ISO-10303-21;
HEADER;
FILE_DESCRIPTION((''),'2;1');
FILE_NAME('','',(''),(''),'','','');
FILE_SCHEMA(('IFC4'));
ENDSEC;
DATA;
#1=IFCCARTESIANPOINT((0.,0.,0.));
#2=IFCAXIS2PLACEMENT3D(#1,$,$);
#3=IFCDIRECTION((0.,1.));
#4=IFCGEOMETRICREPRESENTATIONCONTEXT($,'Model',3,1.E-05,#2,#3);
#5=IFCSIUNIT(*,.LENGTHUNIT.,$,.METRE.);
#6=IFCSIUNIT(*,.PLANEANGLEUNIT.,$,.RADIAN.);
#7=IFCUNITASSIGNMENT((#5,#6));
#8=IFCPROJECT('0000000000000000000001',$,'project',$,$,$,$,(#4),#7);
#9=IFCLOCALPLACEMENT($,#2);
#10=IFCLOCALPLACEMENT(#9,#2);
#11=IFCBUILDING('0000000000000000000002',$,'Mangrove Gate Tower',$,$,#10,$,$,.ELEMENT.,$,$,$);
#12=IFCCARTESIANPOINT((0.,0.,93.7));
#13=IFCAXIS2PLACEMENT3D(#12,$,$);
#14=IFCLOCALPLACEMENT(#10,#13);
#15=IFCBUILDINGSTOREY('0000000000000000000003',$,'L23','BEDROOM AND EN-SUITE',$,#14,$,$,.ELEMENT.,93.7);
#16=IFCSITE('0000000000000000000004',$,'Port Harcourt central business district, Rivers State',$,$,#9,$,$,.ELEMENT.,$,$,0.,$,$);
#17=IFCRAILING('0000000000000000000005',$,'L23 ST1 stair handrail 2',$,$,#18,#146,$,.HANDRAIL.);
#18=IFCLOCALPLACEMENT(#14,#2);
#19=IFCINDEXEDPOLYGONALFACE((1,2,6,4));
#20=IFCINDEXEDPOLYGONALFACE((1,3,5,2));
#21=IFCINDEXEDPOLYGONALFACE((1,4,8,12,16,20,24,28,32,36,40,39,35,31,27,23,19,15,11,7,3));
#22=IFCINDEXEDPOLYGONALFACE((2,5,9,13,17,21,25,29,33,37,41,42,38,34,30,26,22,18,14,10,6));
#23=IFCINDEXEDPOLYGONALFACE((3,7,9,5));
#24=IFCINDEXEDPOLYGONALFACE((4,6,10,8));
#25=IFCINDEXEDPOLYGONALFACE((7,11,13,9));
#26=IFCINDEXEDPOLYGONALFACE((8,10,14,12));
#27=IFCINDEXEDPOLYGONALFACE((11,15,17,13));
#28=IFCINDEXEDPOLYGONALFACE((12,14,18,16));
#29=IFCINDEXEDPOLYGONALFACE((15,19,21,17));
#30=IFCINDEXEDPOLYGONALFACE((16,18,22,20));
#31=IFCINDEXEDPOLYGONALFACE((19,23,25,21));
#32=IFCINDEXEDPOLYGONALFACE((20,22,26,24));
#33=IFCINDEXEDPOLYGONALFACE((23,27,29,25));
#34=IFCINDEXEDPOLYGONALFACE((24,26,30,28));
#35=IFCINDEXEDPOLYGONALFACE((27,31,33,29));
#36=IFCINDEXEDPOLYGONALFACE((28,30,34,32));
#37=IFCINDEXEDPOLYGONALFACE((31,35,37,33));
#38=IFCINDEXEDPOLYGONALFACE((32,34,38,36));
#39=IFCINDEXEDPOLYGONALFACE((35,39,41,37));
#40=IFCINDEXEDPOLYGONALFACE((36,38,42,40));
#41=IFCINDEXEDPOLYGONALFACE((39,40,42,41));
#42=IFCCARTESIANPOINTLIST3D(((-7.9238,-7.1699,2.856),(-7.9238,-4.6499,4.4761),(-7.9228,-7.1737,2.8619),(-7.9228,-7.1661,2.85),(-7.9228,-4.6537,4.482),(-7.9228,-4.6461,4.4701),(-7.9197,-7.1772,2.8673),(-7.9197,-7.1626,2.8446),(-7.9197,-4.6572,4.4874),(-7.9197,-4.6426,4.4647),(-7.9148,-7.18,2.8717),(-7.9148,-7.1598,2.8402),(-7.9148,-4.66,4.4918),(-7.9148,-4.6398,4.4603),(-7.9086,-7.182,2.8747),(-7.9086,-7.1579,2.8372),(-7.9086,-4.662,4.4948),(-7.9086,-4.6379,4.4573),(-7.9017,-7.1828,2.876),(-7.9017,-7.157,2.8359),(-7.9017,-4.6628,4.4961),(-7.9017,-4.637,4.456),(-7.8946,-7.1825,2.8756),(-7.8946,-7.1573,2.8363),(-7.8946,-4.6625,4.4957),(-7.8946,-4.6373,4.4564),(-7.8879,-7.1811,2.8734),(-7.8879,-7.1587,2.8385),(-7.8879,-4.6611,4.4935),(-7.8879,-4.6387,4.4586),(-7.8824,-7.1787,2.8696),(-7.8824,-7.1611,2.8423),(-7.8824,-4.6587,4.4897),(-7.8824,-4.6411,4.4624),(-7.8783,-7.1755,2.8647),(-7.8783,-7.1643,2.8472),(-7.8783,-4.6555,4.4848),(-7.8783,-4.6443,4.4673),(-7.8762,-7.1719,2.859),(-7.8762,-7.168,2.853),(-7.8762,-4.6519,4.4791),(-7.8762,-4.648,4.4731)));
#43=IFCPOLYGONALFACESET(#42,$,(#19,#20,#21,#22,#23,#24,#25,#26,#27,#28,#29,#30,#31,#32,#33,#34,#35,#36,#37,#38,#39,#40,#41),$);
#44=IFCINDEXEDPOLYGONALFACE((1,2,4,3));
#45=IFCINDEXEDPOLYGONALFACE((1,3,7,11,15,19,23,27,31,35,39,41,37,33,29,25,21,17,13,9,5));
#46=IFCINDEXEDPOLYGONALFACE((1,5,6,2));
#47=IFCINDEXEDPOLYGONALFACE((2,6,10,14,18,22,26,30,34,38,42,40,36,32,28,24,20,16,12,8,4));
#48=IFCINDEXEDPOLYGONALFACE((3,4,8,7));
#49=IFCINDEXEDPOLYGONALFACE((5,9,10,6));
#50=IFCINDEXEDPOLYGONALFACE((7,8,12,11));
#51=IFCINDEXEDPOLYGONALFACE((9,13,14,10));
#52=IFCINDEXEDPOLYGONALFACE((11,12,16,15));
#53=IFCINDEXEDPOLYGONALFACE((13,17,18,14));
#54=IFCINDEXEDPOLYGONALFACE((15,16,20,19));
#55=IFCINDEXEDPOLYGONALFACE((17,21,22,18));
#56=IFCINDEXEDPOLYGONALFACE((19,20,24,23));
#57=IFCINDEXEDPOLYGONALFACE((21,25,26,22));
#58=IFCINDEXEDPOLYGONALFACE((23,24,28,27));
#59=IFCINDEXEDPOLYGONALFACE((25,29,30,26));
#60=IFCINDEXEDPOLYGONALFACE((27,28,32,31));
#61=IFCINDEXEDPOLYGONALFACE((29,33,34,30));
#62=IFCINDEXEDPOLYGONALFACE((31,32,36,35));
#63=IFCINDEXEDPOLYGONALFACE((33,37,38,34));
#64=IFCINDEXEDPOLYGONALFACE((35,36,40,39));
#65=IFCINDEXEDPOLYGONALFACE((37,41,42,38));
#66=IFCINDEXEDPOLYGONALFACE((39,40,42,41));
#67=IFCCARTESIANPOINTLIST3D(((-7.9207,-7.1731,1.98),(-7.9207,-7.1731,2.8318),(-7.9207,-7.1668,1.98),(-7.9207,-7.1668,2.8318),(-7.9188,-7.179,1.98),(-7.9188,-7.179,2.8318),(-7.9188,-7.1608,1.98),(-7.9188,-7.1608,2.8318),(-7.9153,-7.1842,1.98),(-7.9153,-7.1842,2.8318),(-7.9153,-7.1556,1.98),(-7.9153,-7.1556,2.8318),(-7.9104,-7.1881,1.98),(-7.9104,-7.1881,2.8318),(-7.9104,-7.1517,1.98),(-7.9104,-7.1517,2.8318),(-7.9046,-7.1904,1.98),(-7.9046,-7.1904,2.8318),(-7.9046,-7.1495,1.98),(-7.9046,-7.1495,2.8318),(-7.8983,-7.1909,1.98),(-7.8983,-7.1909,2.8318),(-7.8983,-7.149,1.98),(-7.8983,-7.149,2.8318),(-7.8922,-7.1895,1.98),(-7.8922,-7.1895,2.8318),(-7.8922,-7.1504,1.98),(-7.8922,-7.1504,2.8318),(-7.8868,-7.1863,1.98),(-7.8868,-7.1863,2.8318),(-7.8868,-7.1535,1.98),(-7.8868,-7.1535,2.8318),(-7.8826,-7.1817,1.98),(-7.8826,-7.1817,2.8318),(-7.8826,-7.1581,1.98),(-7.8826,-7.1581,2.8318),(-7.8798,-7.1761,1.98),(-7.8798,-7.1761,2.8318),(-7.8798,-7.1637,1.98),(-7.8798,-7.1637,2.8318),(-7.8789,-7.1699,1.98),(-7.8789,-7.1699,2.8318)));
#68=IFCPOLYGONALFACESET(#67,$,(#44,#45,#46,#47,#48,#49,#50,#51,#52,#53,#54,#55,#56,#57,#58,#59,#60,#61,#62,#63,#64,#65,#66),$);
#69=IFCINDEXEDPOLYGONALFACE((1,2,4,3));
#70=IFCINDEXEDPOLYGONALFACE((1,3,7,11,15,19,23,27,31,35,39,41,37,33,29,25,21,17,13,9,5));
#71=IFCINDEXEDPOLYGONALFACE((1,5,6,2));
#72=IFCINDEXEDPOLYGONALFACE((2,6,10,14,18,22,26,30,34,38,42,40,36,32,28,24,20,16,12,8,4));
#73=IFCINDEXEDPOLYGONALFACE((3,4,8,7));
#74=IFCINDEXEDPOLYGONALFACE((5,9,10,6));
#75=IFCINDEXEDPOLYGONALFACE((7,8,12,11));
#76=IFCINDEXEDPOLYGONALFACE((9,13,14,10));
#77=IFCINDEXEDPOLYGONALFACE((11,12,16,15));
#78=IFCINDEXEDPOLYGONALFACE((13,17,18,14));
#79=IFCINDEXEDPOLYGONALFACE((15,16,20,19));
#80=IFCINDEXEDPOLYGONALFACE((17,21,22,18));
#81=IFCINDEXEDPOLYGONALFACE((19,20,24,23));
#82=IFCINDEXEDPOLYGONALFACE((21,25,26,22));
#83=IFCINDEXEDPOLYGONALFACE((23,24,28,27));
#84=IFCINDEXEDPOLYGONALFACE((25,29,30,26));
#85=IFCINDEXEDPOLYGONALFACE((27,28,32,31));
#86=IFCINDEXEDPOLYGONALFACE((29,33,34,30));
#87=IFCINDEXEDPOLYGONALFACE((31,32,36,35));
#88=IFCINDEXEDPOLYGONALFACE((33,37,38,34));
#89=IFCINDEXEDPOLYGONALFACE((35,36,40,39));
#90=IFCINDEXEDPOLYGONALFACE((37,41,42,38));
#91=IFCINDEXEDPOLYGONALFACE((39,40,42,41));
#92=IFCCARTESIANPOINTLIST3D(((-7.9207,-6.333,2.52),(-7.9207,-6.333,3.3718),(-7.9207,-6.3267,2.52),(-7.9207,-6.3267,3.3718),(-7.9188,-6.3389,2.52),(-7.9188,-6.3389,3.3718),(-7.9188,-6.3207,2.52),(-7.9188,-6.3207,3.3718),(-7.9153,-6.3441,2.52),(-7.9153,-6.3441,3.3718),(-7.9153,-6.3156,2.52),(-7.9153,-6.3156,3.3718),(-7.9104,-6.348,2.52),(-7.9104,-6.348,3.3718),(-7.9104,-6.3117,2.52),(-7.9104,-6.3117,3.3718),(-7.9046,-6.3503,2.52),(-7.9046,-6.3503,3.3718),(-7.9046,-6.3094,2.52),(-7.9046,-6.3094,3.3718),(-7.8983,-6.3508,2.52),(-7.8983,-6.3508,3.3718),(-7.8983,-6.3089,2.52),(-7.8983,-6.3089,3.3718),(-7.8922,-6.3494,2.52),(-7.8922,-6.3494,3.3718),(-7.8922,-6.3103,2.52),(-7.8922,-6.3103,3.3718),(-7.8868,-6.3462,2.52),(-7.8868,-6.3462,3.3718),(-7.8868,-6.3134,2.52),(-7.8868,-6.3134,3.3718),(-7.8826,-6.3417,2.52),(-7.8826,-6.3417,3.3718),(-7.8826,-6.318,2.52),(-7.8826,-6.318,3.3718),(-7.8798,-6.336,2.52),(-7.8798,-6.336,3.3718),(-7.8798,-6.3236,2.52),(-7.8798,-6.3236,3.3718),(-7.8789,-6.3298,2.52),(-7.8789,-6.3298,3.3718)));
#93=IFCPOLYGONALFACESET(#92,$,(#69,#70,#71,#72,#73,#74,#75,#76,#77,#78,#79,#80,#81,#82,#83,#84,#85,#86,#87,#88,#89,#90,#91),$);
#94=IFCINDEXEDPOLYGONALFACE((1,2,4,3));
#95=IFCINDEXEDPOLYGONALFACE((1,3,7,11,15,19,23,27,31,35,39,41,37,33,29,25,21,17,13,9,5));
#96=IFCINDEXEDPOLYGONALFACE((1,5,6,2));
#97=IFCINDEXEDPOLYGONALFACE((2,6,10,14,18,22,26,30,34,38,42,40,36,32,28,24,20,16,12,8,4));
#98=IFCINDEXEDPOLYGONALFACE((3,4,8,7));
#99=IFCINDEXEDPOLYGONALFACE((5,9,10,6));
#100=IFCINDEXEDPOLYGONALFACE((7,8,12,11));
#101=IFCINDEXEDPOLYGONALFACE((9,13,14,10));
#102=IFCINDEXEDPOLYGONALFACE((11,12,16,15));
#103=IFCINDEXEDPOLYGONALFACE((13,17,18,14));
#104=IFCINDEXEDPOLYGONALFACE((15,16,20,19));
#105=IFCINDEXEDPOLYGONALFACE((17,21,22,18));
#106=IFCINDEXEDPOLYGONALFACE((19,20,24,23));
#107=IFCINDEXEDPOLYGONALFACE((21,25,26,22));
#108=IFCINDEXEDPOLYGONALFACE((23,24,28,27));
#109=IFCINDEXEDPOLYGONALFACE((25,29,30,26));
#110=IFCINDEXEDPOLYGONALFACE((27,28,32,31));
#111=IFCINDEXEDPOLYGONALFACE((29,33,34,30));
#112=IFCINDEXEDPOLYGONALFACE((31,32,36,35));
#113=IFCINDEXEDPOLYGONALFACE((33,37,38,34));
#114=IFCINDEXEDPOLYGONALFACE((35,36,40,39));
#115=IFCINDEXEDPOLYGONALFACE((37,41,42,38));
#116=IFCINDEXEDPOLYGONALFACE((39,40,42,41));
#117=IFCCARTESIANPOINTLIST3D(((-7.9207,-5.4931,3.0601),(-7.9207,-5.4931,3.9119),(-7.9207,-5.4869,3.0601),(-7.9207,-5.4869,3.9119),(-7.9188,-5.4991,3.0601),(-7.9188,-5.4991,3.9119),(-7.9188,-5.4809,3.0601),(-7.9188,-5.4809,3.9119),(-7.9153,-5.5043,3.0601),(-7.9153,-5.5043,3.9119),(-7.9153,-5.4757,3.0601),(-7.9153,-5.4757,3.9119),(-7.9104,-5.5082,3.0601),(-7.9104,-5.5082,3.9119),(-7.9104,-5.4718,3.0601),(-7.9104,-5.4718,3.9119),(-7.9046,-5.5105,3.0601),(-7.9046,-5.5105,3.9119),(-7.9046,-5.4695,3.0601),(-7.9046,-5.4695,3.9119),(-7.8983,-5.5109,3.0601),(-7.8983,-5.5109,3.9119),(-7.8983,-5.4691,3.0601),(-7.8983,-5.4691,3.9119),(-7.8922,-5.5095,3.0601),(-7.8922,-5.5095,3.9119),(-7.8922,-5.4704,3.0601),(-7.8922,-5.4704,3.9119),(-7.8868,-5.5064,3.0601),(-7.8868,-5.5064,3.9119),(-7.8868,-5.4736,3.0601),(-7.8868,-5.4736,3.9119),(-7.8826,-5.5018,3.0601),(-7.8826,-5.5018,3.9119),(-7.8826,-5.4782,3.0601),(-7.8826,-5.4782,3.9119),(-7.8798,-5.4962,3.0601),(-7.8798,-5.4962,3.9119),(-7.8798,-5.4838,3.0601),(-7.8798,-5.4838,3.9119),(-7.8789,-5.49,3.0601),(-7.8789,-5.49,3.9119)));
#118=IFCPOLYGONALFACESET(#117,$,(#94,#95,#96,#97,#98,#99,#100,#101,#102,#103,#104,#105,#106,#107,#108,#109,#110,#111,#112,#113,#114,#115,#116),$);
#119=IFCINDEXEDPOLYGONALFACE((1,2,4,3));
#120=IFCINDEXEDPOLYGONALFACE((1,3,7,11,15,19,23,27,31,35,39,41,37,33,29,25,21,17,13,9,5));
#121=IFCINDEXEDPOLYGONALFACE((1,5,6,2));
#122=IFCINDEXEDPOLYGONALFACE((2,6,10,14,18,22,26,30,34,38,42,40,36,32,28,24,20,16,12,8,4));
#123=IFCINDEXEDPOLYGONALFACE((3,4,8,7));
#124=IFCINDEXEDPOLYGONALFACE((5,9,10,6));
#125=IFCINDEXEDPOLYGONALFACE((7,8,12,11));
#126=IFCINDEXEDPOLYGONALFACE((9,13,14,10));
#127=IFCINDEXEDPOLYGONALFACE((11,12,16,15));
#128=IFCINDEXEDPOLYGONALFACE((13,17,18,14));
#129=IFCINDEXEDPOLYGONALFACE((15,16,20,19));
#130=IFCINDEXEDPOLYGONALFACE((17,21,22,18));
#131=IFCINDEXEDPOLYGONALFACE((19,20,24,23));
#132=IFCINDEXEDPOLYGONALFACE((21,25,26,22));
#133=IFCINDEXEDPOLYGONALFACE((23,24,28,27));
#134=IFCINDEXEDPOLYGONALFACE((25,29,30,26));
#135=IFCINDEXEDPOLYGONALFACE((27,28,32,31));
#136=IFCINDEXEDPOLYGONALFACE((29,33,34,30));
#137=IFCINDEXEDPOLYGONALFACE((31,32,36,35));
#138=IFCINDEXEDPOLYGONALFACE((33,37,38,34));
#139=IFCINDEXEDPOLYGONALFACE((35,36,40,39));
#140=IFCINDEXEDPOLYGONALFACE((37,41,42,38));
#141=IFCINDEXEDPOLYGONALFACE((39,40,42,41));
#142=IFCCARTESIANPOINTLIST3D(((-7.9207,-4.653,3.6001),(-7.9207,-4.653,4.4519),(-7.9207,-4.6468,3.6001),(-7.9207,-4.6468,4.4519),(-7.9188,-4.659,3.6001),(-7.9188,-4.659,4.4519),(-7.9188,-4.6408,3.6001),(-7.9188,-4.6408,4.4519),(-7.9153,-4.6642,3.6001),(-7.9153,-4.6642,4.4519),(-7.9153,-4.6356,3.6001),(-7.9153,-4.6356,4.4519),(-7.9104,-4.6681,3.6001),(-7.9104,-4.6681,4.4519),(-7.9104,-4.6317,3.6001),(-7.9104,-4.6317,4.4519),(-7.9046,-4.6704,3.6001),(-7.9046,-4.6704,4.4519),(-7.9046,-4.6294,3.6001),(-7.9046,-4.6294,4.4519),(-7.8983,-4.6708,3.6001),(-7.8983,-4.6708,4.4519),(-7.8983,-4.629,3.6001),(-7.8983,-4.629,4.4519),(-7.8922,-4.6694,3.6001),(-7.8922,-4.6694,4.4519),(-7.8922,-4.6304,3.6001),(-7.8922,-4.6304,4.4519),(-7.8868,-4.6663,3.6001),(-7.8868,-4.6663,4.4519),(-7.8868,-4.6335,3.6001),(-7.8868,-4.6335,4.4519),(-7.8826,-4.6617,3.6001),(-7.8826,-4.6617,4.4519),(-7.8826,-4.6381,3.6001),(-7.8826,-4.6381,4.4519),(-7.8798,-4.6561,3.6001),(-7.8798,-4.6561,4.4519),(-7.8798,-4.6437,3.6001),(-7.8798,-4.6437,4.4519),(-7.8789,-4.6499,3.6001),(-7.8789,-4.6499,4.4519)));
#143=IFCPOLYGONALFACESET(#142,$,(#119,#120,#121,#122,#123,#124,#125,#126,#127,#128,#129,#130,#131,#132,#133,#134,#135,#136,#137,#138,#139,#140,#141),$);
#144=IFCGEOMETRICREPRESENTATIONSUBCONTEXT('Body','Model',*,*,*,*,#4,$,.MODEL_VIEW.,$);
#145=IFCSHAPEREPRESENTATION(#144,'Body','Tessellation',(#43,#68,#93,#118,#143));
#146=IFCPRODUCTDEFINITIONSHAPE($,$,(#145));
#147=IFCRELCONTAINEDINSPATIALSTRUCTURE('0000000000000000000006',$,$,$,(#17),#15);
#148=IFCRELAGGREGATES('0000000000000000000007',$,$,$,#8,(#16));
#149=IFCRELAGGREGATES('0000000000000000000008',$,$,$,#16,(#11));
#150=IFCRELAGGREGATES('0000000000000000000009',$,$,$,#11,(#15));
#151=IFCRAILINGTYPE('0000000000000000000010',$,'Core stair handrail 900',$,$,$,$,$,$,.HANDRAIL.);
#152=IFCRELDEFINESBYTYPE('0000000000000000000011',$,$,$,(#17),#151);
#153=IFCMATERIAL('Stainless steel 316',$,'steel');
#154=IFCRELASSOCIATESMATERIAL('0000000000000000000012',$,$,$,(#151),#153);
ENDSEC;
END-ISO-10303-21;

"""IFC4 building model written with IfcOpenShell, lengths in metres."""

from ifc_helpers import new_model, si_unit, direction, frame, origin, origin_2d, place, context, subcontext, project, spatial, circle, extrude, material, type_object, element, save


model = new_model("IFC4")

# Units and contexts
model_context = context("Model", 3, precision=1e-05, world=origin(), true_north=direction((0.0, 1.0)))
body_context = subcontext(model_context, "Body", "Model", "MODEL_VIEW")
ifc_project = project(units=[si_unit("LENGTHUNIT", "METRE"), si_unit("PLANEANGLEUNIT", "RADIAN")], contexts=[model_context])

# Site, building, storey
site_placement = place(None, origin())
site = spatial("IfcSite", under=ifc_project, at=site_placement, Name="Port Harcourt central business district, Rivers State", CompositionType="ELEMENT", RefElevation=0.0)
building_placement = place(site_placement, origin())
building = spatial("IfcBuilding", under=site, at=building_placement, Name="Mangrove Gate Tower", CompositionType="ELEMENT")
storey_placement = place(building_placement, frame((0.0, 0.0, 93.7)))
storey = spatial("IfcBuildingStorey", under=building, at=storey_placement, Name="L23", Description="BEDROOM AND EN-SUITE", CompositionType="ELEMENT", Elevation=93.7)

# Railing
ifc_material_1 = material(Name="Stainless steel 316", Category="steel")
railing_type_1 = type_object("IfcRailingType", Name="Core stair handrail 900", PredefinedType="HANDRAIL", material=ifc_material_1)
railing_1_placement = place(storey_placement, frame((-7.8999, -7.1699, 1.98)))
element("IfcRailing", 1, at=railing_1_placement, inside=storey, type_object=railing_type_1, Name="L23 ST1 stair handrail 2", PredefinedType="HANDRAIL", context=body_context, shape_type="SweptSolid", body=[
    extrude(circle(Radius=0.0239, at=origin_2d()), frame((0.0, 0.0, 0.876), z_axis=(0.0, 0.841163, 0.540782), x_axis=(-1.0, 0.0, 0.0)), (0.0, 0.0, 1.0), 2.9958),
    extrude(circle(Radius=0.021, at=origin_2d()), origin(), (0.0, 0.0, 1.0), 0.8518),
    extrude(circle(Radius=0.021, at=origin_2d()), frame((0.0, 0.8401, 0.54)), (0.0, 0.0, 1.0), 0.8518),
    extrude(circle(Radius=0.021, at=origin_2d()), frame((0.0, 1.6799, 1.0801)), (0.0, 0.0, 1.0), 0.8518),
    extrude(circle(Radius=0.021, at=origin_2d()), frame((0.0, 2.52, 1.6201)), (0.0, 0.0, 1.0), 0.8518),
])

save(model, "model.ifc")
